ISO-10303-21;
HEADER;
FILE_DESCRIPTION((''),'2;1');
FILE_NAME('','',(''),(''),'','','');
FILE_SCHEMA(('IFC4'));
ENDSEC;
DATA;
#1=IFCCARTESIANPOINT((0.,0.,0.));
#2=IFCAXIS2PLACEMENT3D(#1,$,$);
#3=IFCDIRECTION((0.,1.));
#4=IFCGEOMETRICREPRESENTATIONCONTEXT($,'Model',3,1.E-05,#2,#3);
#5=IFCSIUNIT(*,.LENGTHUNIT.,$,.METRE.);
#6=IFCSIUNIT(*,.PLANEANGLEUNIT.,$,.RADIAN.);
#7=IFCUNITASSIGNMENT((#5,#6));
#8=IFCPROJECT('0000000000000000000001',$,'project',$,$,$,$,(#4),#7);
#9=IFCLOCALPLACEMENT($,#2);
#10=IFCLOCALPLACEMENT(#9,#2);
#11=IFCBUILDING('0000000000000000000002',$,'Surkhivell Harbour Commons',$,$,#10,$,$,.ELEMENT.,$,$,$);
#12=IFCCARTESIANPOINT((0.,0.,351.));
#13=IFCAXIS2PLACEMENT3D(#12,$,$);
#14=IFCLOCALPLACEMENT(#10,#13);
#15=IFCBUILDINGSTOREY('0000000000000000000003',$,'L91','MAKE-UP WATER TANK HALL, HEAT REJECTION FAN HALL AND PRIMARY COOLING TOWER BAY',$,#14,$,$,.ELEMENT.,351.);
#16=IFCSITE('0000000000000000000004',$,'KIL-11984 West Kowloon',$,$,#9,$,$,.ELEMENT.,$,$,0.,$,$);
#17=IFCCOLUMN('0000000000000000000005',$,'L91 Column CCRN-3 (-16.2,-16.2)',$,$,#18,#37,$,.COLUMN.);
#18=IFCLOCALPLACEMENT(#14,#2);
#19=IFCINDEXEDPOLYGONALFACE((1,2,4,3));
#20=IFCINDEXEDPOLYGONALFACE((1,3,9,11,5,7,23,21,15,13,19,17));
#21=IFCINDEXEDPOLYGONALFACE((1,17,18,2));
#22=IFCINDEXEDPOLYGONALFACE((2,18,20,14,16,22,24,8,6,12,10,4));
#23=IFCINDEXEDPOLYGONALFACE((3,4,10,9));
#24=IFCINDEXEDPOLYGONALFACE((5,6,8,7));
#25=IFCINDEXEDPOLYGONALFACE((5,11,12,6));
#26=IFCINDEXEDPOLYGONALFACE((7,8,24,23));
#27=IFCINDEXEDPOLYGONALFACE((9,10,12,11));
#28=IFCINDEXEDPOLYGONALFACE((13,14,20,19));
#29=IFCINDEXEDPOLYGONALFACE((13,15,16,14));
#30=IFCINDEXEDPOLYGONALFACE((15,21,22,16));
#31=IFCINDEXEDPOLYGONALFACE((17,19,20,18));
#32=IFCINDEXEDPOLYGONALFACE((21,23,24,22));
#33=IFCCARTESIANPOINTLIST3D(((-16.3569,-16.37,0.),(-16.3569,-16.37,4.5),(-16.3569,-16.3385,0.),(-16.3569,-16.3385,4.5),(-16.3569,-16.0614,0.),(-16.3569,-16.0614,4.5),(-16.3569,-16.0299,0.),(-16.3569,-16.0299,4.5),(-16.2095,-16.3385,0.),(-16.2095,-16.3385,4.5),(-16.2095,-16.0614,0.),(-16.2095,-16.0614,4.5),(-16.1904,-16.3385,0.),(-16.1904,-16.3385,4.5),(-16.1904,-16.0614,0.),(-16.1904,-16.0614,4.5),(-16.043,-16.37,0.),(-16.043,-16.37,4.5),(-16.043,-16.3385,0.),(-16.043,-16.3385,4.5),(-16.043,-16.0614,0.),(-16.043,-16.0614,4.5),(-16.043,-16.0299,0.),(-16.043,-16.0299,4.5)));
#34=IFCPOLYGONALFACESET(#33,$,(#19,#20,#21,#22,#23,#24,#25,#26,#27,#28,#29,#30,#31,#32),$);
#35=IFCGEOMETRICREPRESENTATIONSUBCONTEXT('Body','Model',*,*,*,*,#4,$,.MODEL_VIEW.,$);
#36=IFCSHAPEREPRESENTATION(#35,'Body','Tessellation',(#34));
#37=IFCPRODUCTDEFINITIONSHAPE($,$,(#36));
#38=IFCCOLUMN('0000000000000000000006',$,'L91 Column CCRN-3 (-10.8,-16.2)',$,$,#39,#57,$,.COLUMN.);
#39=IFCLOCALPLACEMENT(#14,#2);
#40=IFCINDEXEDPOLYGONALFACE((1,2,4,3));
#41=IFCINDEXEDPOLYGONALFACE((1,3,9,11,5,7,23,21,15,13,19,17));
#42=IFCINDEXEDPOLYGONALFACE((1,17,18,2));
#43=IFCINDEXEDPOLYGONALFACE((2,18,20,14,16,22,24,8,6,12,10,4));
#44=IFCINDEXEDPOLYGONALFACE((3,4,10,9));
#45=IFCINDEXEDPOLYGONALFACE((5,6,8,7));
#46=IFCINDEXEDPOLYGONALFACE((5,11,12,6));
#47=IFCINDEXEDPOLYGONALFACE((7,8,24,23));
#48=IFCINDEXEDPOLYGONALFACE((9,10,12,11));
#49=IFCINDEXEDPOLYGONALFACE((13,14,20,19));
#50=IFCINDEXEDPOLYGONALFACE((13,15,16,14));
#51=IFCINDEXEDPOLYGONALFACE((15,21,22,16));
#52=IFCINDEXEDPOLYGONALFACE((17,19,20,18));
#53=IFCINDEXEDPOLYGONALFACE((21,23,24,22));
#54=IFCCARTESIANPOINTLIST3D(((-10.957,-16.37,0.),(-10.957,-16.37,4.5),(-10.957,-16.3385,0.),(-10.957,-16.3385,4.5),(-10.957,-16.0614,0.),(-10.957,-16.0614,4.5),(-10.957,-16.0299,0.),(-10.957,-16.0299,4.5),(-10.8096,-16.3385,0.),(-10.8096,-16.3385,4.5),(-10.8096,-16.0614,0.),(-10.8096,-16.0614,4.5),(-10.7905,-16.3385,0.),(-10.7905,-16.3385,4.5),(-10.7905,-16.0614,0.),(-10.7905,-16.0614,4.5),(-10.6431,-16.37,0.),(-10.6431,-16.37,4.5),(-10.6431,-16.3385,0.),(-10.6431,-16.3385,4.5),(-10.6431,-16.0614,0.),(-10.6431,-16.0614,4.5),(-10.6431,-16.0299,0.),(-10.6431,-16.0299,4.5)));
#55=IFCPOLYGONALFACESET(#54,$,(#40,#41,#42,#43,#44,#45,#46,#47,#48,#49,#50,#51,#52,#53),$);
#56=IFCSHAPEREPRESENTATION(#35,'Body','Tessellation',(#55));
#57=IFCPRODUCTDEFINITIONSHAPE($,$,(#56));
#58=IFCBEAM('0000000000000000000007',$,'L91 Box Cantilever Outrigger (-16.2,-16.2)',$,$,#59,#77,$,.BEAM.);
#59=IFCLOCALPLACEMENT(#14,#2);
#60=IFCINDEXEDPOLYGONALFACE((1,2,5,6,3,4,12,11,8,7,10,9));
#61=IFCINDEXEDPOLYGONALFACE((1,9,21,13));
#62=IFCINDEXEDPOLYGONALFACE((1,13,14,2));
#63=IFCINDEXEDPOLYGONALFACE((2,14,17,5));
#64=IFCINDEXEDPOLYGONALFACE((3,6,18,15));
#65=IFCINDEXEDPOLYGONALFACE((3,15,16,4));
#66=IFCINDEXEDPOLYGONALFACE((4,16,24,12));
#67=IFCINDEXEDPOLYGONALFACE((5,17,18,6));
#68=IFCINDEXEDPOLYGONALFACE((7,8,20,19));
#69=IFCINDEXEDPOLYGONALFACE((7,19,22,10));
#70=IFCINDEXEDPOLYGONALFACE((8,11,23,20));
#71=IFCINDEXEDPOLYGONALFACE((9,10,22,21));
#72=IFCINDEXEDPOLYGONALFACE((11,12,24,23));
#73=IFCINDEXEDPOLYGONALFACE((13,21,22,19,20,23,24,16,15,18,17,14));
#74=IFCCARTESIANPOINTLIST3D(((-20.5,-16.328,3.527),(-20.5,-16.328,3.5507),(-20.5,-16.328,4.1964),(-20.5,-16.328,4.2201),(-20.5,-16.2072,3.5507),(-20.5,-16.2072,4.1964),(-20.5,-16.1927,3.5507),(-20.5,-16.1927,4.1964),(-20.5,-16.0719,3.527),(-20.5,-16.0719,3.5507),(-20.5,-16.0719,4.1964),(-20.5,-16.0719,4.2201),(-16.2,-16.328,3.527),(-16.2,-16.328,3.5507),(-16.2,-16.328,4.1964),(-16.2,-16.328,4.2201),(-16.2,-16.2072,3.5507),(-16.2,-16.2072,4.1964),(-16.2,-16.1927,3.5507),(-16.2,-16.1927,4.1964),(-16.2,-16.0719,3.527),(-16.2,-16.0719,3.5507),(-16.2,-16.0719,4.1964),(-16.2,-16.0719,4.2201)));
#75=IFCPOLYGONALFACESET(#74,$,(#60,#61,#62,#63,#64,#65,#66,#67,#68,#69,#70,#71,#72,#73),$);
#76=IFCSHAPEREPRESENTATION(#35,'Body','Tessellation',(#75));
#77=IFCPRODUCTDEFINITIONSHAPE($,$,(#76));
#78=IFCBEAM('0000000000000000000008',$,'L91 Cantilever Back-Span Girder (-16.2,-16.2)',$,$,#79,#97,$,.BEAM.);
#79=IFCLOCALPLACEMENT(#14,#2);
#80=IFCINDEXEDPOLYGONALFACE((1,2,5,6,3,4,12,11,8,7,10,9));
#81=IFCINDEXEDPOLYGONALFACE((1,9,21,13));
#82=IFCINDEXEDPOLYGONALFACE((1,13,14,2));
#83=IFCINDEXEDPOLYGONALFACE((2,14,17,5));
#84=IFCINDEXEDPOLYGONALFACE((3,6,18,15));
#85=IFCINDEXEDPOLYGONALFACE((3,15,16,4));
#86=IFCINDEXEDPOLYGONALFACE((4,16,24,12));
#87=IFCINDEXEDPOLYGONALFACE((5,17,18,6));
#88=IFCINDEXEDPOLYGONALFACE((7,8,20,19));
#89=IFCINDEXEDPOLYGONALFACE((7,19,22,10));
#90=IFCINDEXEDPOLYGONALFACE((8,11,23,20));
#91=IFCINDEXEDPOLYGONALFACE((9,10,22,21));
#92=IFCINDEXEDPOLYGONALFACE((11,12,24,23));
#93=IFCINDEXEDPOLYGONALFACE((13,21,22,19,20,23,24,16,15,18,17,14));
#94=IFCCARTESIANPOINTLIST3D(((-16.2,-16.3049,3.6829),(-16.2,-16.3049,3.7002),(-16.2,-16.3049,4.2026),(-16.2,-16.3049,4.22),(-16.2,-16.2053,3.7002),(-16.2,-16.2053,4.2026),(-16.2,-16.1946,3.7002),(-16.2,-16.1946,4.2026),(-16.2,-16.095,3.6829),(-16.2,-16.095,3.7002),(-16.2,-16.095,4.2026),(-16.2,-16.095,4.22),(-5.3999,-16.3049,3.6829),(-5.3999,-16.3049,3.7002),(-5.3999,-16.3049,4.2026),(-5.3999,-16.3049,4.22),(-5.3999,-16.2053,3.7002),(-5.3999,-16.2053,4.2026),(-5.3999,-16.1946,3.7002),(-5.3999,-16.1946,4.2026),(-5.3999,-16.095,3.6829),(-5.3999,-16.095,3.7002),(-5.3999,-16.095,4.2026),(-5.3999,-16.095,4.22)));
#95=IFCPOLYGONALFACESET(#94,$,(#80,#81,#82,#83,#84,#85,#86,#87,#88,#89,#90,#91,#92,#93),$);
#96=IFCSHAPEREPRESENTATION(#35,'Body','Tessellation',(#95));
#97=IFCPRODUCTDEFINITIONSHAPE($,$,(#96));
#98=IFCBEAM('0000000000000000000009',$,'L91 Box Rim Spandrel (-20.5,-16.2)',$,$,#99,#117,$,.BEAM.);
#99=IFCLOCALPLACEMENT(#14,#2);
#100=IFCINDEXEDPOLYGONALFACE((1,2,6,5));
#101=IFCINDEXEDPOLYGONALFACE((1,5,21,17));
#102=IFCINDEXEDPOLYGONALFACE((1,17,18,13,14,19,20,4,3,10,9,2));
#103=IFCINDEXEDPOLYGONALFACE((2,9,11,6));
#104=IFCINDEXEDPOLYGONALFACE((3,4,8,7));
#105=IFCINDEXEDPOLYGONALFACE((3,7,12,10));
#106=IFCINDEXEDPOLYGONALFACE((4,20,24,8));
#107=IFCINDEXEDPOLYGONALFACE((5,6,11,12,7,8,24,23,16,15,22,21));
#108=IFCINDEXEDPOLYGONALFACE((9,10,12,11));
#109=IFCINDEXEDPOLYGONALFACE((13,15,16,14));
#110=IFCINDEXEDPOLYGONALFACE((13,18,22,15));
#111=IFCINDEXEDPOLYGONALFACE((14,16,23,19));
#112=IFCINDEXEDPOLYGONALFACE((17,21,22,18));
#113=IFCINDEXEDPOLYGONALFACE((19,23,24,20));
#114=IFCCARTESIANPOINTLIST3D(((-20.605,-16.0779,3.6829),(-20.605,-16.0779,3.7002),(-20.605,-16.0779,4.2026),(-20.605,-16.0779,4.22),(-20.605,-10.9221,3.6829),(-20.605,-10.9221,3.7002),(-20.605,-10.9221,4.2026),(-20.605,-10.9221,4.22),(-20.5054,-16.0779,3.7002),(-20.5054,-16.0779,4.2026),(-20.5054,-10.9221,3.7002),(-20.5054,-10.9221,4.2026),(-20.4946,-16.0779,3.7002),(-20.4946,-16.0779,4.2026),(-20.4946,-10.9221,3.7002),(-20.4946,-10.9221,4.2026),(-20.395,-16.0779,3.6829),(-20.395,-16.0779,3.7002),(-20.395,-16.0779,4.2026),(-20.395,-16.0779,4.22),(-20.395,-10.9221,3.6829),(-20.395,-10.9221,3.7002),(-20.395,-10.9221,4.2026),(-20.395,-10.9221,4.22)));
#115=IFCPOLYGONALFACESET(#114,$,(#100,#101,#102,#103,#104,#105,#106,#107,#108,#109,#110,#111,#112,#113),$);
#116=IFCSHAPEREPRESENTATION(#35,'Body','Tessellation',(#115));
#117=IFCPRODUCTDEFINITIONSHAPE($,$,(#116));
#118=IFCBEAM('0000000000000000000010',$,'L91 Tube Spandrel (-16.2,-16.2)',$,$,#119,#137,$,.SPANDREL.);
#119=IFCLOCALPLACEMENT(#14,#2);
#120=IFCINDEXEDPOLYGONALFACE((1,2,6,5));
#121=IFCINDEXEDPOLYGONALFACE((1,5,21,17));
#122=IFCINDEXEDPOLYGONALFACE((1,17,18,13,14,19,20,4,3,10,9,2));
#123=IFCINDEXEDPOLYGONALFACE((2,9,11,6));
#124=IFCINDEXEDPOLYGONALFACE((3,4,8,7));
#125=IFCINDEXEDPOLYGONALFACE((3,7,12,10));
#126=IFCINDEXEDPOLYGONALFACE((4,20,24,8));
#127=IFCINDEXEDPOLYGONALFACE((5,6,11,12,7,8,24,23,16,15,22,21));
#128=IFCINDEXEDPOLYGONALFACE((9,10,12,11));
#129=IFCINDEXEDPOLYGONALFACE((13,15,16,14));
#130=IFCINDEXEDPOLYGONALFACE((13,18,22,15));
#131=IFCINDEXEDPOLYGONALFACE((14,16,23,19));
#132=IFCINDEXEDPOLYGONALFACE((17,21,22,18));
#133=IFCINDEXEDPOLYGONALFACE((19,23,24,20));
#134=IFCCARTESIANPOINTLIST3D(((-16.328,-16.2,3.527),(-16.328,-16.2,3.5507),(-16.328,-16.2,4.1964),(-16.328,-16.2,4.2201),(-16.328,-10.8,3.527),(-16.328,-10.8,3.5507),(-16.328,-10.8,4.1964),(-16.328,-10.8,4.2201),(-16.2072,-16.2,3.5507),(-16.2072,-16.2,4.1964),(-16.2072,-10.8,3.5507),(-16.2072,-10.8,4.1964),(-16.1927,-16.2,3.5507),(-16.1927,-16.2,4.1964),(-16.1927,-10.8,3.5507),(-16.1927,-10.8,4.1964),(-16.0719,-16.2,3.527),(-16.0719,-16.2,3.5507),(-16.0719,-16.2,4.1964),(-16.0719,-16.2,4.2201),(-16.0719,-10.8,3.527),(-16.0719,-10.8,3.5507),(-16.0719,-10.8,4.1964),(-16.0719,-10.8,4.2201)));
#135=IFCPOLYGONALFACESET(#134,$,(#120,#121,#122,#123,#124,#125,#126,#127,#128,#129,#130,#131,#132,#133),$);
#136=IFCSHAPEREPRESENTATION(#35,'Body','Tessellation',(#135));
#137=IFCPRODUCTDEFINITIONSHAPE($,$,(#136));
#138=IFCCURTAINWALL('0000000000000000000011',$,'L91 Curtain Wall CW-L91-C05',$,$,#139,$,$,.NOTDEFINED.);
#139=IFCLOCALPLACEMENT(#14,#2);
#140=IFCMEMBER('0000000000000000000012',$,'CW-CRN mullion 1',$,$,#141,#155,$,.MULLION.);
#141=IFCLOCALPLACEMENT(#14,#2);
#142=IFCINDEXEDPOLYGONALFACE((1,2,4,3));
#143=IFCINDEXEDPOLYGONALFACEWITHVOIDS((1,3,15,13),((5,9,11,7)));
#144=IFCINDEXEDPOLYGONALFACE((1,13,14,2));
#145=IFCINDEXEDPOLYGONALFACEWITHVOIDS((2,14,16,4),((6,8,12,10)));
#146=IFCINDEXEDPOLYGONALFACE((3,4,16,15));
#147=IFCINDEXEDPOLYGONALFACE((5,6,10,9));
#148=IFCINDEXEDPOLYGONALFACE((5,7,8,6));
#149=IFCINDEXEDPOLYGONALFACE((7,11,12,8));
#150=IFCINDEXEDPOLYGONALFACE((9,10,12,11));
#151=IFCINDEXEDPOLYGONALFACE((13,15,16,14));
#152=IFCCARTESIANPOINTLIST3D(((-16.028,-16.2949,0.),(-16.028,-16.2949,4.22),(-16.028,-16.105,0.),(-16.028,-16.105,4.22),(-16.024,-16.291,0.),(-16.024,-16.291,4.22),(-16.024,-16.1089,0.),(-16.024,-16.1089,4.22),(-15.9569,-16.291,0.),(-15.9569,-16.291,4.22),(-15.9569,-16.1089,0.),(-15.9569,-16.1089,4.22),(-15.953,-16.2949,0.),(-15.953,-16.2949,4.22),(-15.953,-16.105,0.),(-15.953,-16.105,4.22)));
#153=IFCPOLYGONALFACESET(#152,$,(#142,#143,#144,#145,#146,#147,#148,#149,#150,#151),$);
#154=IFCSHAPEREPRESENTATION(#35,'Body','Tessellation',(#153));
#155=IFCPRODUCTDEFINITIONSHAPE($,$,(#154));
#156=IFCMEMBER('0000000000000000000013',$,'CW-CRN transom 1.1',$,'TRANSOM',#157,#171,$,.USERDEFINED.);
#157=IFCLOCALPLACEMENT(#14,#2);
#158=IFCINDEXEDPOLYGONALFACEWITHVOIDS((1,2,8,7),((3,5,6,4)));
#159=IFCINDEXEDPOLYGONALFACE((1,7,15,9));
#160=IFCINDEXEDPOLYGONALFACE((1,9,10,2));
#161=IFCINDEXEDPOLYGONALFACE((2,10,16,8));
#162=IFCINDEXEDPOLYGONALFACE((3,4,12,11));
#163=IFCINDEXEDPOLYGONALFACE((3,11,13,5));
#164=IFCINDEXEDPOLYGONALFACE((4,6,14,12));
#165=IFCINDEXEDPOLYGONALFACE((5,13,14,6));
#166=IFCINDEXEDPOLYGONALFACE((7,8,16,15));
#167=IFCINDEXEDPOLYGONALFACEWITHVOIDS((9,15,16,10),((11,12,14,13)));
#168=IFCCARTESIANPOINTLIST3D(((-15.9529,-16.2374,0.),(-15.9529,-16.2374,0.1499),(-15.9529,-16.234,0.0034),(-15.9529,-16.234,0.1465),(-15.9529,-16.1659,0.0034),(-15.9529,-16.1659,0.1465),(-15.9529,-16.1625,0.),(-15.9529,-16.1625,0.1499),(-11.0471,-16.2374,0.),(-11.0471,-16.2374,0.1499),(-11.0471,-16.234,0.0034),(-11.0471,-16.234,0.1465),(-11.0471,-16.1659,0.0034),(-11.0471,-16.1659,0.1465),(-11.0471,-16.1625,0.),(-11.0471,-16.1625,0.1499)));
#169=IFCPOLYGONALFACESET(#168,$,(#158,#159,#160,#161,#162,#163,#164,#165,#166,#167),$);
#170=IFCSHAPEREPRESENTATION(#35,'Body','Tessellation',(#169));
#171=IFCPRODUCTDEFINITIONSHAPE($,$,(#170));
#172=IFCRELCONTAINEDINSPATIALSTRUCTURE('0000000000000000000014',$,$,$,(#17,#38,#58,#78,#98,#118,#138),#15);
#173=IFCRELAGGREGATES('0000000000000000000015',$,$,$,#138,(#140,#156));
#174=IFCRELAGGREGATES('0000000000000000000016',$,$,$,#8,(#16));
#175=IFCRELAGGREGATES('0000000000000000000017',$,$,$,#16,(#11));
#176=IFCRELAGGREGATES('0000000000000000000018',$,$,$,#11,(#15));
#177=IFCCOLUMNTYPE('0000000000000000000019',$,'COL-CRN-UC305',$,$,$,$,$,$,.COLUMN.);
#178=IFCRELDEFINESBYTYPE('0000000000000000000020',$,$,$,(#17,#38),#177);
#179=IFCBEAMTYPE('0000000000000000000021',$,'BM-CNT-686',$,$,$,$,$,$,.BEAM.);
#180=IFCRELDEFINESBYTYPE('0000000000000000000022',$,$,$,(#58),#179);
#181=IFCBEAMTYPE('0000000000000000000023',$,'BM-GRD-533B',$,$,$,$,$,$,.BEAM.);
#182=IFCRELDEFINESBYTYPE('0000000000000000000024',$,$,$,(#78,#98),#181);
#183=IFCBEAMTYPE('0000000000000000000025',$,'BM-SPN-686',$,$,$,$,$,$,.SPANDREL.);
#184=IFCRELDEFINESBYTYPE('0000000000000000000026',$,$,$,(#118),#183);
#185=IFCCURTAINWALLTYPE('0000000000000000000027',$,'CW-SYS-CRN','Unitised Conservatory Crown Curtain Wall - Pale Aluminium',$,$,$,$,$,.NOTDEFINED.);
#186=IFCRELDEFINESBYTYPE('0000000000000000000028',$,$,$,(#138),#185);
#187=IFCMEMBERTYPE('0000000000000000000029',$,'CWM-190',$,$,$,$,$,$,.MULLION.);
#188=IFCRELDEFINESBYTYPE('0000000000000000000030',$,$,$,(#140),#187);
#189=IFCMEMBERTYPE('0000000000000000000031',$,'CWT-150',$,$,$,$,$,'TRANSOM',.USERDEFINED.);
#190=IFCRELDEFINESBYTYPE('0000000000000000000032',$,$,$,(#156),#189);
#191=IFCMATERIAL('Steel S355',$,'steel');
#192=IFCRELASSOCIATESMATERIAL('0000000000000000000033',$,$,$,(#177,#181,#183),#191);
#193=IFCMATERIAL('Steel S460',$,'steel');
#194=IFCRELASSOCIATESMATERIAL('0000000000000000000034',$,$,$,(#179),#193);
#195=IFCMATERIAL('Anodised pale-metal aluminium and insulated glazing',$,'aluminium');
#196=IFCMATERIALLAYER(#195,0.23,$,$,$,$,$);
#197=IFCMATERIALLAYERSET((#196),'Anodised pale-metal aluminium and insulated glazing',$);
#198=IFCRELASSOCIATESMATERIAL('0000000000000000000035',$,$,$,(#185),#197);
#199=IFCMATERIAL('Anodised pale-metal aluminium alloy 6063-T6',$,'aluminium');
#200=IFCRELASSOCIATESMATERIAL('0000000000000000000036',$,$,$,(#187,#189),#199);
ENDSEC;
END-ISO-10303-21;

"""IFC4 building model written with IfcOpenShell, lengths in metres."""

from ifc_helpers import new_model, si_unit, direction, frame, origin, origin_2d, place, context, subcontext, project, spatial, hollow_rectangle, i_section, extrude, material, layer, layer_set, material_profile, profile_set, type_object, element, aggregate, save


model = new_model("IFC4")

# Units and contexts
model_context = context("Model", 3, precision=1e-05, world=origin(), true_north=direction((0.0, 1.0)))
body_context = subcontext(model_context, "Body", "Model", "MODEL_VIEW")
ifc_project = project(units=[si_unit("LENGTHUNIT", "METRE"), si_unit("PLANEANGLEUNIT", "RADIAN")], contexts=[model_context])

# Site, building, storey
site_placement = place(None, origin())
site = spatial("IfcSite", under=ifc_project, at=site_placement, Name="KIL-11984 West Kowloon", CompositionType="ELEMENT", RefElevation=0.0)
building_placement = place(site_placement, origin())
building = spatial("IfcBuilding", under=site, at=building_placement, Name="Surkhivell Harbour Commons", CompositionType="ELEMENT")
storey_placement = place(building_placement, frame((0.0, 0.0, 351.0)))
storey = spatial("IfcBuildingStorey", under=building, at=storey_placement, Name="L91", Description="MAKE-UP WATER TANK HALL, HEAT REJECTION FAN HALL AND PRIMARY COOLING TOWER BAY", CompositionType="ELEMENT", Elevation=351.0)

# Columns
ifc_material_1 = material(Name="Steel S355", Category="steel")
ifc_material_profile_1 = material_profile(ifc_material_1, i_section(OverallWidth=0.314, OverallDepth=0.3401, WebThickness=0.019, FlangeThickness=0.0315, at=origin_2d()), Name="UC305x305x198")
ifc_profile_set_1 = profile_set([ifc_material_profile_1], Name="Steel S355")
column_type = type_object("IfcColumnType", Name="COL-CRN-UC305", PredefinedType="COLUMN", material=ifc_profile_set_1)
for number, where, z_axis, x_axis, name in (
    (1, (-16.2, -16.2, 0.0), (0.0, 0.0, 1.0), (1.0, 0.0, 0.0), "L91 Column CCRN-3 (-16.2,-16.2)"),
    (2, (-10.8, -16.2, 0.0), (0.0, 0.0, 1.0), (1.0, 0.0, 0.0), "L91 Column CCRN-3 (-10.8,-16.2)"),
):
    element("IfcColumn", number, at=place(storey_placement, frame(where, z_axis=z_axis, x_axis=x_axis)), inside=storey, type_object=column_type, Name=name, PredefinedType="COLUMN", context=body_context, shape_type="SweptSolid", body=[
        extrude(i_section(OverallWidth=0.314, OverallDepth=0.3401, WebThickness=0.019, FlangeThickness=0.0315, at=origin_2d()), origin(), (0.0, 0.0, 1.0), 4.5),
    ])

# Beams
ifc_material_2 = material(Name="Steel S460", Category="steel")
ifc_material_profile_2 = material_profile(ifc_material_2, i_section(OverallWidth=0.2561, OverallDepth=0.6931, WebThickness=0.0144, FlangeThickness=0.0237, at=origin_2d()), Name="UB686x254x170")
ifc_profile_set_2 = profile_set([ifc_material_profile_2], Name="Steel S460")
beam_type_1 = type_object("IfcBeamType", Name="BM-CNT-686", PredefinedType="BEAM", material=ifc_profile_set_2)
beam_1_placement = place(storey_placement, frame((-16.2, -16.2, 3.8735), z_axis=(-1.0, 0.0, 0.0), x_axis=(0.0, -1.0, 0.0)))
element("IfcBeam", 3, at=beam_1_placement, inside=storey, type_object=beam_type_1, Name="L91 Box Cantilever Outrigger (-16.2,-16.2)", PredefinedType="BEAM", context=body_context, shape_type="SweptSolid", body=[
    extrude(i_section(OverallWidth=0.2561, OverallDepth=0.6931, WebThickness=0.0144, FlangeThickness=0.0237, at=origin_2d()), origin(), (0.0, 0.0, 1.0), 4.3),
])
ifc_material_profile_3 = material_profile(ifc_material_1, i_section(OverallWidth=0.21, OverallDepth=0.5371, WebThickness=0.0107, FlangeThickness=0.0173, at=origin_2d()), Name="UB533x210x101")
ifc_profile_set_3 = profile_set([ifc_material_profile_3], Name="Steel S355")
beam_type_2 = type_object("IfcBeamType", Name="BM-GRD-533B", PredefinedType="BEAM", material=ifc_profile_set_3)
beam_2_placement = place(storey_placement, frame((-16.2, -16.2, 3.9514), z_axis=(1.0, 0.0, 0.0), x_axis=(0.0, 1.0, 0.0)))
element("IfcBeam", 4, at=beam_2_placement, inside=storey, type_object=beam_type_2, Name="L91 Cantilever Back-Span Girder (-16.2,-16.2)", PredefinedType="BEAM", context=body_context, shape_type="SweptSolid", body=[
    extrude(i_section(OverallWidth=0.21, OverallDepth=0.5371, WebThickness=0.0107, FlangeThickness=0.0173, at=origin_2d()), origin(), (0.0, 0.0, 1.0), 10.8),
])
beam_3_placement = place(storey_placement, frame((-20.5, -16.0779, 3.9514), z_axis=(0.0, 1.0, 0.0), x_axis=(-1.0, 0.0, 0.0)))
element("IfcBeam", 5, at=beam_3_placement, inside=storey, type_object=beam_type_2, Name="L91 Box Rim Spandrel (-20.5,-16.2)", PredefinedType="BEAM", context=body_context, shape_type="SweptSolid", body=[
    extrude(i_section(OverallWidth=0.21, OverallDepth=0.5371, WebThickness=0.0107, FlangeThickness=0.0173, at=origin_2d()), origin(), (0.0, 0.0, 1.0), 5.1558),
])
ifc_material_profile_4 = material_profile(ifc_material_1, i_section(OverallWidth=0.2561, OverallDepth=0.6931, WebThickness=0.0144, FlangeThickness=0.0237, at=origin_2d()), Name="UB686x254x170")
ifc_profile_set_4 = profile_set([ifc_material_profile_4], Name="Steel S355")
beam_type_3 = type_object("IfcBeamType", Name="BM-SPN-686", PredefinedType="SPANDREL", material=ifc_profile_set_4)
beam_4_placement = place(storey_placement, frame((-16.2, -16.2, 3.8735), z_axis=(0.0, 1.0, 0.0), x_axis=(-1.0, 0.0, 0.0)))
element("IfcBeam", 6, at=beam_4_placement, inside=storey, type_object=beam_type_3, Name="L91 Tube Spandrel (-16.2,-16.2)", PredefinedType="SPANDREL", context=body_context, shape_type="SweptSolid", body=[
    extrude(i_section(OverallWidth=0.2561, OverallDepth=0.6931, WebThickness=0.0144, FlangeThickness=0.0237, at=origin_2d()), origin(), (0.0, 0.0, 1.0), 5.3999),
])

# Curtain wall, members
ifc_material_3 = material(Name="Anodised pale-metal aluminium and insulated glazing", Category="aluminium")
ifc_layer_1 = layer(ifc_material_3, 0.23)
ifc_layer_set_1 = layer_set([ifc_layer_1], Name="Anodised pale-metal aluminium and insulated glazing")
curtain_wall_type = type_object("IfcCurtainWallType", Name="CW-SYS-CRN", Description="Unitised Conservatory Crown Curtain Wall - Pale Aluminium", PredefinedType="NOTDEFINED", material=ifc_layer_set_1)
curtain_wall_placement = place(storey_placement, origin())
curtain_wall = element("IfcCurtainWall", 7, at=curtain_wall_placement, inside=storey, type_object=curtain_wall_type, Name="L91 Curtain Wall CW-L91-C05", PredefinedType="NOTDEFINED")
ifc_material_4 = material(Name="Anodised pale-metal aluminium alloy 6063-T6", Category="aluminium")
ifc_material_profile_5 = material_profile(ifc_material_4, hollow_rectangle(XDim=0.075, YDim=0.1899, WallThickness=0.0039, at=origin_2d()), Name="ALU-MULL-75x190")
ifc_profile_set_5 = profile_set([ifc_material_profile_5], Name="Anodised pale-metal aluminium alloy 6063-T6")
member_type_1 = type_object("IfcMemberType", Name="CWM-190", PredefinedType="MULLION", material=ifc_profile_set_5)
member_1_placement = place(storey_placement, frame((-15.9905, -16.2, 0.0), z_axis=(0.0, 0.0, 1.0), x_axis=(1.0, 0.0, 0.0)))
member_1 = element("IfcMember", 8, at=member_1_placement, type_object=member_type_1, Name="CW-CRN mullion 1", PredefinedType="MULLION", context=body_context, shape_type="SweptSolid", body=[
    extrude(hollow_rectangle(XDim=0.075, YDim=0.1899, WallThickness=0.0039, at=origin_2d()), origin(), (0.0, 0.0, 1.0), 4.22),
])
ifc_material_profile_6 = material_profile(ifc_material_4, hollow_rectangle(XDim=0.075, YDim=0.1499, WallThickness=0.0034, at=origin_2d()), Name="ALU-TRAN-75x150")
ifc_profile_set_6 = profile_set([ifc_material_profile_6], Name="Anodised pale-metal aluminium alloy 6063-T6")
member_type_2 = type_object("IfcMemberType", Name="CWT-150", ElementType="TRANSOM", PredefinedType="USERDEFINED", material=ifc_profile_set_6)
member_2_placement = place(storey_placement, frame((-15.9529, -16.2, 0.075), z_axis=(1.0, 0.0, 0.0), x_axis=(0.0, 1.0, 0.0)))
member_2 = element("IfcMember", 9, at=member_2_placement, type_object=member_type_2, Name="CW-CRN transom 1.1", ObjectType="TRANSOM", PredefinedType="USERDEFINED", context=body_context, shape_type="SweptSolid", body=[
    extrude(hollow_rectangle(XDim=0.075, YDim=0.1499, WallThickness=0.0034, at=origin_2d()), origin(), (0.0, 0.0, 1.0), 4.9058),
])
aggregate(curtain_wall, [member_1, member_2])

save(model, "model.ifc")
